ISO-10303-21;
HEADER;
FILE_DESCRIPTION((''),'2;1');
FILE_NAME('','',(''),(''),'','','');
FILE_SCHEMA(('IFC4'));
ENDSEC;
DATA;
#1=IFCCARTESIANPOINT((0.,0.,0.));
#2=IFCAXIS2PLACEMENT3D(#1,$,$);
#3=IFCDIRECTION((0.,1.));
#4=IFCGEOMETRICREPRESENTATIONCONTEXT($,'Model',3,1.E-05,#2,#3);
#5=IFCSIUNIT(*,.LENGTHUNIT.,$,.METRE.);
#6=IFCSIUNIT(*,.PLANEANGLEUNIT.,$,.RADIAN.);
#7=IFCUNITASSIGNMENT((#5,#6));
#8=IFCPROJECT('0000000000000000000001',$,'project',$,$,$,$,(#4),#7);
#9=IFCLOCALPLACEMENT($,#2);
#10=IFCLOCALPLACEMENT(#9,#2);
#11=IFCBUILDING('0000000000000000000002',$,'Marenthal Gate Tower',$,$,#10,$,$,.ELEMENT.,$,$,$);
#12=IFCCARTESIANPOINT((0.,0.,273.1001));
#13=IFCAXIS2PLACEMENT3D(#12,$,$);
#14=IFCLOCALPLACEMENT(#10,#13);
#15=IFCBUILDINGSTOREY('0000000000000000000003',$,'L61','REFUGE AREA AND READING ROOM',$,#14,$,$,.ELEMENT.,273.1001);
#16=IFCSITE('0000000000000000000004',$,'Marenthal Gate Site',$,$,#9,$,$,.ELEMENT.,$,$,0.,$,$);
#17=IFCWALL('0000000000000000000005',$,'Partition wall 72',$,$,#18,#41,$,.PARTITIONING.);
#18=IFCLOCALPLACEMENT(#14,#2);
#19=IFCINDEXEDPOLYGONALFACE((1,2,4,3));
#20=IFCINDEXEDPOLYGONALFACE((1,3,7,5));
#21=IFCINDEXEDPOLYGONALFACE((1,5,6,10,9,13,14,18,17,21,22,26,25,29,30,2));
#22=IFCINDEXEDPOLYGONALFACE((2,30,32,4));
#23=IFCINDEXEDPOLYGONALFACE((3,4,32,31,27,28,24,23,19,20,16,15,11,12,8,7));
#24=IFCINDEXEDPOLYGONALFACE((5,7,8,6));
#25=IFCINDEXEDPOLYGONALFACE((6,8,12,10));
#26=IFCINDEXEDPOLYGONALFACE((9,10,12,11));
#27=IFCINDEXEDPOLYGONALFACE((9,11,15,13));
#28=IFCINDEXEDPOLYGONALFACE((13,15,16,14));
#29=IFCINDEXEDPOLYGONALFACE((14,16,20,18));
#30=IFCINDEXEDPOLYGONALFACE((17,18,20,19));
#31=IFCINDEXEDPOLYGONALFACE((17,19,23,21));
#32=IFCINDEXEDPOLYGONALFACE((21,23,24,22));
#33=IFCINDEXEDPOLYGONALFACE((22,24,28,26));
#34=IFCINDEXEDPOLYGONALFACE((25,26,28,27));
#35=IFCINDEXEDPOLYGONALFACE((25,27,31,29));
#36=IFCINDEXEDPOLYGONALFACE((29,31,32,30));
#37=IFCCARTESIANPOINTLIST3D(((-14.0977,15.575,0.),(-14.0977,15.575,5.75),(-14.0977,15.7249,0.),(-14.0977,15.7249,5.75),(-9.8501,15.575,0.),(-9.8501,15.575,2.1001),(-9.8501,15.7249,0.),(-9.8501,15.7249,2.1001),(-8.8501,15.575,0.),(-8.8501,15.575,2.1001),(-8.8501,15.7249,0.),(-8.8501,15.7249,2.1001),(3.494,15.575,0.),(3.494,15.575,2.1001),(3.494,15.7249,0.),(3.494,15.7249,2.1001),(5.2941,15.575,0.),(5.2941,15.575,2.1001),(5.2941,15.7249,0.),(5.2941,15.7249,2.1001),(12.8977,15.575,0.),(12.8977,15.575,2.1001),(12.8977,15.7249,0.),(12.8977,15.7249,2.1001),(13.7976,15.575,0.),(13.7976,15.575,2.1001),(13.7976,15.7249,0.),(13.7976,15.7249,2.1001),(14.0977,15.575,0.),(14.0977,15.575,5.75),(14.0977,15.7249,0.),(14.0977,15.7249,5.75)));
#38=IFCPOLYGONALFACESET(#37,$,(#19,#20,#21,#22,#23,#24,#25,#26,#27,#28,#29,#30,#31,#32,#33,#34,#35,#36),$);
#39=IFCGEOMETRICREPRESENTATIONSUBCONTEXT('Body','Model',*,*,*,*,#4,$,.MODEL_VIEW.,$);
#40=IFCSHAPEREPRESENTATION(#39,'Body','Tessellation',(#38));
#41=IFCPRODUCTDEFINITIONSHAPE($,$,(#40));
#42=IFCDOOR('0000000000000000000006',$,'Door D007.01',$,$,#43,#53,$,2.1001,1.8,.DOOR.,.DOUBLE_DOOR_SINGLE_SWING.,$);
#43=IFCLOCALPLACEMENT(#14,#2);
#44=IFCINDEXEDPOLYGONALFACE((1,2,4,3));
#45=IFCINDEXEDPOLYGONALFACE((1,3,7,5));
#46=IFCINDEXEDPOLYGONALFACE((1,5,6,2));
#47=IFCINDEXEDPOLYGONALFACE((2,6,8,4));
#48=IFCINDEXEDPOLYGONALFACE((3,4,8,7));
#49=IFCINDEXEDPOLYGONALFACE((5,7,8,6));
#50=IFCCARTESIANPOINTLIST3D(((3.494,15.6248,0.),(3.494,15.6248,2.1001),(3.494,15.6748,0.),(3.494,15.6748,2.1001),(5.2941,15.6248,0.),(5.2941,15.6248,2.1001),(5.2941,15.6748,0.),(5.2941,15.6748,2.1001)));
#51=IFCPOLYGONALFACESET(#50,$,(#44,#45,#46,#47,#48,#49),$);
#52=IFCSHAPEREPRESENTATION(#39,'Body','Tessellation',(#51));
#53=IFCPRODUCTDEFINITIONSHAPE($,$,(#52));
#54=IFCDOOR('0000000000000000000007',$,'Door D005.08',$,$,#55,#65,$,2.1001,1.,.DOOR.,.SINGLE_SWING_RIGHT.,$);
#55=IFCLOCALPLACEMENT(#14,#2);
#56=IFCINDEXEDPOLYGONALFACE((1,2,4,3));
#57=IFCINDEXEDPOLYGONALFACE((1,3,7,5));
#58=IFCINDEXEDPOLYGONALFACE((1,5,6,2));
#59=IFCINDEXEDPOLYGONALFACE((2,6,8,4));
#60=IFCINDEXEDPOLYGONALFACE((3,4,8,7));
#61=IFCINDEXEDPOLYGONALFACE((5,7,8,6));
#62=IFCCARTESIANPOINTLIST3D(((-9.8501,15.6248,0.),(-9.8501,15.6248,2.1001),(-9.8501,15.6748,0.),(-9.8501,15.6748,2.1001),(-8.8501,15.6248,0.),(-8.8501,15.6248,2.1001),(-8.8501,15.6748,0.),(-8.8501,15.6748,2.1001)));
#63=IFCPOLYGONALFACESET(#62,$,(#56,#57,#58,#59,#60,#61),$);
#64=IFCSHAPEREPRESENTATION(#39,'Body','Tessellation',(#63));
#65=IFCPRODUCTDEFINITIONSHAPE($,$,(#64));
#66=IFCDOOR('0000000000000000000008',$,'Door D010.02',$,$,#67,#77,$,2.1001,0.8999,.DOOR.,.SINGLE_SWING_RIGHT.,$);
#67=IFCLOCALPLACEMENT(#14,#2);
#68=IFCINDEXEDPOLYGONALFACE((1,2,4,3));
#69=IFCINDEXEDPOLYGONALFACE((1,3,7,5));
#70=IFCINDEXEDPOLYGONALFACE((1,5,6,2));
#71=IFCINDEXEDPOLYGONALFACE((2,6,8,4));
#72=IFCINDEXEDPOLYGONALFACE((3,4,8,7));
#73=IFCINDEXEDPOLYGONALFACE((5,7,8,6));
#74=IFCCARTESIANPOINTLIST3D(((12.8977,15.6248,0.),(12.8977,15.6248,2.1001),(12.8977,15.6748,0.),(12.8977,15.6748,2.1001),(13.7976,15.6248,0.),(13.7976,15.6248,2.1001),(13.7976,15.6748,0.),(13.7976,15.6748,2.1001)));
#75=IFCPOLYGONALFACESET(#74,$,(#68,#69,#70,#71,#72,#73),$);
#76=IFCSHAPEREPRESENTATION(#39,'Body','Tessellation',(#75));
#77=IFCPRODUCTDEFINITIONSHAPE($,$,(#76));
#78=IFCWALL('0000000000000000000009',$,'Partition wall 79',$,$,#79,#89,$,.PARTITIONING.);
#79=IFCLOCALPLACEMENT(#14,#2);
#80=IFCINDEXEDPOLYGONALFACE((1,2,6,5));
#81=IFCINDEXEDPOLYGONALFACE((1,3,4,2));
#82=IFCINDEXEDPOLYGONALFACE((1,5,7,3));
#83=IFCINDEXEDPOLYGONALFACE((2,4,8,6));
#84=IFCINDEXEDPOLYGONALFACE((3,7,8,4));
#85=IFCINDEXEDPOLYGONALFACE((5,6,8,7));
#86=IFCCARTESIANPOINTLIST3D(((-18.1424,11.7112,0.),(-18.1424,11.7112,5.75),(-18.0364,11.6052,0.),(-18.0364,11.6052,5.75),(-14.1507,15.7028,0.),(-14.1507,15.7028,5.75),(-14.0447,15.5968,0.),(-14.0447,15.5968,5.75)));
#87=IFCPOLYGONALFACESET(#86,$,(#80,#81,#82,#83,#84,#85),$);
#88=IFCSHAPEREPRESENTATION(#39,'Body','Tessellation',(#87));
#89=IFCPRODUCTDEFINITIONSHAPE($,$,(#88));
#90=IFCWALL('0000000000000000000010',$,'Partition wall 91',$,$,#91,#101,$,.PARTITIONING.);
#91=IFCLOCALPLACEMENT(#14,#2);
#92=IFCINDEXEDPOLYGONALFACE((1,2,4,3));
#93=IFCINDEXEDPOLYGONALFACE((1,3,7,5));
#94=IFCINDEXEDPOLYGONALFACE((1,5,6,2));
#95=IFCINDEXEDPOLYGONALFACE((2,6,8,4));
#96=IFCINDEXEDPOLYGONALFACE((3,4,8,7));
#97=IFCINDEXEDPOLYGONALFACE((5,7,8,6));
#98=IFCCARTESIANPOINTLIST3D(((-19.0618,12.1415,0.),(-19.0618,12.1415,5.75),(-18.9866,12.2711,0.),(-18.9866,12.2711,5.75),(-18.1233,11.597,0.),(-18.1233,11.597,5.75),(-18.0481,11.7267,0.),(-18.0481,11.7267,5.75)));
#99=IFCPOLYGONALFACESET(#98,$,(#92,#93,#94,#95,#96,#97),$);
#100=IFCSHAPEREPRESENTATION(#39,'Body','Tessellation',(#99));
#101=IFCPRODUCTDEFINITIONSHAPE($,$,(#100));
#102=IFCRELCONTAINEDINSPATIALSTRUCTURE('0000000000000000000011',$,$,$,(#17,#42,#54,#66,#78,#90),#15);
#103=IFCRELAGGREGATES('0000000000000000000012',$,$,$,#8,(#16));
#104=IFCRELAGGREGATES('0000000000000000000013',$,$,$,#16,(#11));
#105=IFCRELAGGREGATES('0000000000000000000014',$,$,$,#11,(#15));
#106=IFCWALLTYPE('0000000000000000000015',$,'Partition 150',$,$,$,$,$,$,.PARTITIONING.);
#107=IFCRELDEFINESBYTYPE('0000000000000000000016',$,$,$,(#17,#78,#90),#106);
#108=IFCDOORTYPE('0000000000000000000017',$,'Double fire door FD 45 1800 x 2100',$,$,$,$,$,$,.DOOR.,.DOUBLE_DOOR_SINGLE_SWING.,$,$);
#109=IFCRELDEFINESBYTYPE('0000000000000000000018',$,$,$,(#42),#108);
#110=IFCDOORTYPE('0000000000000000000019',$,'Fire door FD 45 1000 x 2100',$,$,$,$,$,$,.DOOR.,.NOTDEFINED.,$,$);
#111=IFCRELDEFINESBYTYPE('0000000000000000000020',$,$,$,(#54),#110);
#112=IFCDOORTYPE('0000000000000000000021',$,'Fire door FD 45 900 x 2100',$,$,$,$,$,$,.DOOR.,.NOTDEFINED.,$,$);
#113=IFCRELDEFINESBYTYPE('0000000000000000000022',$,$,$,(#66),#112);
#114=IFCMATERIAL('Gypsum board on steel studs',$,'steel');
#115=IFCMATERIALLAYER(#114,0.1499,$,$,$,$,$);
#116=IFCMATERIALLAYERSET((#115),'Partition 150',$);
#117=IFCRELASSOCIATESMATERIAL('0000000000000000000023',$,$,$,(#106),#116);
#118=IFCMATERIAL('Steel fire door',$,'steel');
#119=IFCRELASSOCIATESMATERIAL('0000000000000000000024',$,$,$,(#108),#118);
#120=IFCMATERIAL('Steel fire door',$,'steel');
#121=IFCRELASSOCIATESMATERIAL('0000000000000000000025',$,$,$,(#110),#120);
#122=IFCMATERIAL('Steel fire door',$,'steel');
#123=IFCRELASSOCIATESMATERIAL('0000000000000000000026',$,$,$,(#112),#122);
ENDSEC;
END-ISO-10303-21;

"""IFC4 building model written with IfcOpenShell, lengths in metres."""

from ifc_helpers import new_model, si_unit, direction, frame, frame_2d, origin, place, context, subcontext, project, spatial, rectangle, extrude, material, layer, layer_set, type_object, element, fill, save


model = new_model("IFC4")

# Units and contexts
model_context = context("Model", 3, precision=1e-05, world=origin(), true_north=direction((0.0, 1.0)))
body_context = subcontext(model_context, "Body", "Model", "MODEL_VIEW")
ifc_project = project(units=[si_unit("LENGTHUNIT", "METRE"), si_unit("PLANEANGLEUNIT", "RADIAN")], contexts=[model_context])

# Site, building, storey
site_placement = place(None, origin())
site = spatial("IfcSite", under=ifc_project, at=site_placement, Name="Marenthal Gate Site", CompositionType="ELEMENT", RefElevation=0.0)
building_placement = place(site_placement, origin())
building = spatial("IfcBuilding", under=site, at=building_placement, Name="Marenthal Gate Tower", CompositionType="ELEMENT")
storey_placement = place(building_placement, frame((0.0, 0.0, 273.1001)))
storey = spatial("IfcBuildingStorey", under=building, at=storey_placement, Name="L61", Description="REFUGE AREA AND READING ROOM", CompositionType="ELEMENT", Elevation=273.1001)

# Wall, openings, doors
ifc_material_1 = material(Name="Gypsum board on steel studs", Category="steel")
ifc_layer_1 = layer(ifc_material_1, 0.1499)
ifc_layer_set_1 = layer_set([ifc_layer_1], Name="Partition 150")
wall_type_1 = type_object("IfcWallType", Name="Partition 150", PredefinedType="PARTITIONING", material=ifc_layer_set_1)
wall_1_placement = place(storey_placement, frame((-14.0977, 15.6499, 0.0), z_axis=(0.0, 0.0, 1.0), x_axis=(1.0, 0.0, 0.0)))
wall_1 = element("IfcWall", 1, at=wall_1_placement, inside=storey, type_object=wall_type_1, Name="Partition wall 72", PredefinedType="PARTITIONING", context=body_context, shape_type="SweptSolid", body=[
    extrude(rectangle(XDim=28.1953, YDim=0.1499, at=frame_2d((14.0977, 0.0))), origin(), (0.0, 0.0, 1.0), 5.75),
])
opening_1_placement = place(wall_1_placement, frame((26.9954, 0.0, 0.0)))
opening_1 = element("IfcOpeningElement", 2, at=opening_1_placement, cuts=wall_1, PredefinedType="OPENING", context=body_context, shape_type="SweptSolid", body=[
    extrude(rectangle(XDim=0.8999, YDim=2.1001, at=frame_2d((0.45, 1.05))), frame((0.0, 0.085, 0.0), z_axis=(0.0, -1.0, 0.0), x_axis=(1.0, 0.0, 0.0)), (0.0, 0.0, 1.0), 0.1699),
])
opening_2_placement = place(wall_1_placement, frame((17.5918, 0.0, 0.0)))
opening_2 = element("IfcOpeningElement", 3, at=opening_2_placement, cuts=wall_1, PredefinedType="OPENING", context=body_context, shape_type="SweptSolid", body=[
    extrude(rectangle(XDim=1.8, YDim=2.1001, at=frame_2d((0.8999, 1.05))), frame((0.0, 0.085, 0.0), z_axis=(0.0, -1.0, 0.0), x_axis=(1.0, 0.0, 0.0)), (0.0, 0.0, 1.0), 0.1699),
])
opening_3_placement = place(wall_1_placement, frame((4.2476, 0.0, 0.0)))
opening_3 = element("IfcOpeningElement", 4, at=opening_3_placement, cuts=wall_1, PredefinedType="OPENING", context=body_context, shape_type="SweptSolid", body=[
    extrude(rectangle(XDim=1.0, YDim=2.1001, at=frame_2d((0.5, 1.05))), frame((0.0, 0.085, 0.0), z_axis=(0.0, -1.0, 0.0), x_axis=(1.0, 0.0, 0.0)), (0.0, 0.0, 1.0), 0.1699),
])
ifc_material_2 = material(Name="Steel fire door", Category="steel")
door_type_1 = type_object("IfcDoorType", Name="Double fire door FD 45 1800 x 2100", OperationType="DOUBLE_DOOR_SINGLE_SWING", PredefinedType="DOOR", material=ifc_material_2)
door_1_placement = place(opening_2_placement, origin())
door_1 = element("IfcDoor", 5, at=door_1_placement, inside=storey, type_object=door_type_1, Name="Door D007.01", OperationType="DOUBLE_DOOR_SINGLE_SWING", OverallHeight=2.1001, OverallWidth=1.8, PredefinedType="DOOR", context=body_context, shape_type="SweptSolid", body=[
    extrude(rectangle(XDim=1.8, YDim=2.1001, at=frame_2d((0.8999, 1.05))), frame((0.0, 0.0249, 0.0), z_axis=(0.0, -1.0, 0.0), x_axis=(1.0, 0.0, 0.0)), (0.0, 0.0, 1.0), 0.05),
])
fill(opening_2, door_1)
ifc_material_3 = material(Name="Steel fire door", Category="steel")
door_type_2 = type_object("IfcDoorType", Name="Fire door FD 45 1000 x 2100", OperationType="NOTDEFINED", PredefinedType="DOOR", material=ifc_material_3)
door_2_placement = place(opening_3_placement, origin())
door_2 = element("IfcDoor", 6, at=door_2_placement, inside=storey, type_object=door_type_2, Name="Door D005.08", OperationType="SINGLE_SWING_RIGHT", OverallHeight=2.1001, OverallWidth=1.0, PredefinedType="DOOR", context=body_context, shape_type="SweptSolid", body=[
    extrude(rectangle(XDim=1.0, YDim=2.1001, at=frame_2d((0.5, 1.05))), frame((0.0, 0.0249, 0.0), z_axis=(0.0, -1.0, 0.0), x_axis=(1.0, 0.0, 0.0)), (0.0, 0.0, 1.0), 0.05),
])
fill(opening_3, door_2)
ifc_material_4 = material(Name="Steel fire door", Category="steel")
door_type_3 = type_object("IfcDoorType", Name="Fire door FD 45 900 x 2100", OperationType="NOTDEFINED", PredefinedType="DOOR", material=ifc_material_4)
door_3_placement = place(opening_1_placement, origin())
door_3 = element("IfcDoor", 7, at=door_3_placement, inside=storey, type_object=door_type_3, Name="Door D010.02", OperationType="SINGLE_SWING_RIGHT", OverallHeight=2.1001, OverallWidth=0.8999, PredefinedType="DOOR", context=body_context, shape_type="SweptSolid", body=[
    extrude(rectangle(XDim=0.8999, YDim=2.1001, at=frame_2d((0.45, 1.05))), frame((0.0, 0.0249, 0.0), z_axis=(0.0, -1.0, 0.0), x_axis=(1.0, 0.0, 0.0)), (0.0, 0.0, 1.0), 0.05),
])
fill(opening_1, door_3)

# Walls
wall_2_placement = place(storey_placement, frame((-18.0894, 11.6582, 0.0), z_axis=(0.0, 0.0, 1.0), x_axis=(0.707107, 0.707107, 0.0)))
element("IfcWall", 8, at=wall_2_placement, inside=storey, type_object=wall_type_1, Name="Partition wall 79", PredefinedType="PARTITIONING", context=body_context, shape_type="SweptSolid", body=[
    extrude(rectangle(XDim=5.645, YDim=0.1499, at=frame_2d((2.8225, 0.0))), origin(), (0.0, 0.0, 1.0), 5.75),
])
wall_3_placement = place(storey_placement, frame((-18.0857, 11.6619, 0.0), z_axis=(0.0, 0.0, 1.0), x_axis=(-0.864984, 0.501799, 0.0)))
element("IfcWall", 9, at=wall_3_placement, inside=storey, type_object=wall_type_1, Name="Partition wall 91", PredefinedType="PARTITIONING", context=body_context, shape_type="SweptSolid", body=[
    extrude(rectangle(XDim=1.085, YDim=0.1499, at=frame_2d((0.5425, 0.0))), origin(), (0.0, 0.0, 1.0), 5.75),
])

save(model, "model.ifc")
